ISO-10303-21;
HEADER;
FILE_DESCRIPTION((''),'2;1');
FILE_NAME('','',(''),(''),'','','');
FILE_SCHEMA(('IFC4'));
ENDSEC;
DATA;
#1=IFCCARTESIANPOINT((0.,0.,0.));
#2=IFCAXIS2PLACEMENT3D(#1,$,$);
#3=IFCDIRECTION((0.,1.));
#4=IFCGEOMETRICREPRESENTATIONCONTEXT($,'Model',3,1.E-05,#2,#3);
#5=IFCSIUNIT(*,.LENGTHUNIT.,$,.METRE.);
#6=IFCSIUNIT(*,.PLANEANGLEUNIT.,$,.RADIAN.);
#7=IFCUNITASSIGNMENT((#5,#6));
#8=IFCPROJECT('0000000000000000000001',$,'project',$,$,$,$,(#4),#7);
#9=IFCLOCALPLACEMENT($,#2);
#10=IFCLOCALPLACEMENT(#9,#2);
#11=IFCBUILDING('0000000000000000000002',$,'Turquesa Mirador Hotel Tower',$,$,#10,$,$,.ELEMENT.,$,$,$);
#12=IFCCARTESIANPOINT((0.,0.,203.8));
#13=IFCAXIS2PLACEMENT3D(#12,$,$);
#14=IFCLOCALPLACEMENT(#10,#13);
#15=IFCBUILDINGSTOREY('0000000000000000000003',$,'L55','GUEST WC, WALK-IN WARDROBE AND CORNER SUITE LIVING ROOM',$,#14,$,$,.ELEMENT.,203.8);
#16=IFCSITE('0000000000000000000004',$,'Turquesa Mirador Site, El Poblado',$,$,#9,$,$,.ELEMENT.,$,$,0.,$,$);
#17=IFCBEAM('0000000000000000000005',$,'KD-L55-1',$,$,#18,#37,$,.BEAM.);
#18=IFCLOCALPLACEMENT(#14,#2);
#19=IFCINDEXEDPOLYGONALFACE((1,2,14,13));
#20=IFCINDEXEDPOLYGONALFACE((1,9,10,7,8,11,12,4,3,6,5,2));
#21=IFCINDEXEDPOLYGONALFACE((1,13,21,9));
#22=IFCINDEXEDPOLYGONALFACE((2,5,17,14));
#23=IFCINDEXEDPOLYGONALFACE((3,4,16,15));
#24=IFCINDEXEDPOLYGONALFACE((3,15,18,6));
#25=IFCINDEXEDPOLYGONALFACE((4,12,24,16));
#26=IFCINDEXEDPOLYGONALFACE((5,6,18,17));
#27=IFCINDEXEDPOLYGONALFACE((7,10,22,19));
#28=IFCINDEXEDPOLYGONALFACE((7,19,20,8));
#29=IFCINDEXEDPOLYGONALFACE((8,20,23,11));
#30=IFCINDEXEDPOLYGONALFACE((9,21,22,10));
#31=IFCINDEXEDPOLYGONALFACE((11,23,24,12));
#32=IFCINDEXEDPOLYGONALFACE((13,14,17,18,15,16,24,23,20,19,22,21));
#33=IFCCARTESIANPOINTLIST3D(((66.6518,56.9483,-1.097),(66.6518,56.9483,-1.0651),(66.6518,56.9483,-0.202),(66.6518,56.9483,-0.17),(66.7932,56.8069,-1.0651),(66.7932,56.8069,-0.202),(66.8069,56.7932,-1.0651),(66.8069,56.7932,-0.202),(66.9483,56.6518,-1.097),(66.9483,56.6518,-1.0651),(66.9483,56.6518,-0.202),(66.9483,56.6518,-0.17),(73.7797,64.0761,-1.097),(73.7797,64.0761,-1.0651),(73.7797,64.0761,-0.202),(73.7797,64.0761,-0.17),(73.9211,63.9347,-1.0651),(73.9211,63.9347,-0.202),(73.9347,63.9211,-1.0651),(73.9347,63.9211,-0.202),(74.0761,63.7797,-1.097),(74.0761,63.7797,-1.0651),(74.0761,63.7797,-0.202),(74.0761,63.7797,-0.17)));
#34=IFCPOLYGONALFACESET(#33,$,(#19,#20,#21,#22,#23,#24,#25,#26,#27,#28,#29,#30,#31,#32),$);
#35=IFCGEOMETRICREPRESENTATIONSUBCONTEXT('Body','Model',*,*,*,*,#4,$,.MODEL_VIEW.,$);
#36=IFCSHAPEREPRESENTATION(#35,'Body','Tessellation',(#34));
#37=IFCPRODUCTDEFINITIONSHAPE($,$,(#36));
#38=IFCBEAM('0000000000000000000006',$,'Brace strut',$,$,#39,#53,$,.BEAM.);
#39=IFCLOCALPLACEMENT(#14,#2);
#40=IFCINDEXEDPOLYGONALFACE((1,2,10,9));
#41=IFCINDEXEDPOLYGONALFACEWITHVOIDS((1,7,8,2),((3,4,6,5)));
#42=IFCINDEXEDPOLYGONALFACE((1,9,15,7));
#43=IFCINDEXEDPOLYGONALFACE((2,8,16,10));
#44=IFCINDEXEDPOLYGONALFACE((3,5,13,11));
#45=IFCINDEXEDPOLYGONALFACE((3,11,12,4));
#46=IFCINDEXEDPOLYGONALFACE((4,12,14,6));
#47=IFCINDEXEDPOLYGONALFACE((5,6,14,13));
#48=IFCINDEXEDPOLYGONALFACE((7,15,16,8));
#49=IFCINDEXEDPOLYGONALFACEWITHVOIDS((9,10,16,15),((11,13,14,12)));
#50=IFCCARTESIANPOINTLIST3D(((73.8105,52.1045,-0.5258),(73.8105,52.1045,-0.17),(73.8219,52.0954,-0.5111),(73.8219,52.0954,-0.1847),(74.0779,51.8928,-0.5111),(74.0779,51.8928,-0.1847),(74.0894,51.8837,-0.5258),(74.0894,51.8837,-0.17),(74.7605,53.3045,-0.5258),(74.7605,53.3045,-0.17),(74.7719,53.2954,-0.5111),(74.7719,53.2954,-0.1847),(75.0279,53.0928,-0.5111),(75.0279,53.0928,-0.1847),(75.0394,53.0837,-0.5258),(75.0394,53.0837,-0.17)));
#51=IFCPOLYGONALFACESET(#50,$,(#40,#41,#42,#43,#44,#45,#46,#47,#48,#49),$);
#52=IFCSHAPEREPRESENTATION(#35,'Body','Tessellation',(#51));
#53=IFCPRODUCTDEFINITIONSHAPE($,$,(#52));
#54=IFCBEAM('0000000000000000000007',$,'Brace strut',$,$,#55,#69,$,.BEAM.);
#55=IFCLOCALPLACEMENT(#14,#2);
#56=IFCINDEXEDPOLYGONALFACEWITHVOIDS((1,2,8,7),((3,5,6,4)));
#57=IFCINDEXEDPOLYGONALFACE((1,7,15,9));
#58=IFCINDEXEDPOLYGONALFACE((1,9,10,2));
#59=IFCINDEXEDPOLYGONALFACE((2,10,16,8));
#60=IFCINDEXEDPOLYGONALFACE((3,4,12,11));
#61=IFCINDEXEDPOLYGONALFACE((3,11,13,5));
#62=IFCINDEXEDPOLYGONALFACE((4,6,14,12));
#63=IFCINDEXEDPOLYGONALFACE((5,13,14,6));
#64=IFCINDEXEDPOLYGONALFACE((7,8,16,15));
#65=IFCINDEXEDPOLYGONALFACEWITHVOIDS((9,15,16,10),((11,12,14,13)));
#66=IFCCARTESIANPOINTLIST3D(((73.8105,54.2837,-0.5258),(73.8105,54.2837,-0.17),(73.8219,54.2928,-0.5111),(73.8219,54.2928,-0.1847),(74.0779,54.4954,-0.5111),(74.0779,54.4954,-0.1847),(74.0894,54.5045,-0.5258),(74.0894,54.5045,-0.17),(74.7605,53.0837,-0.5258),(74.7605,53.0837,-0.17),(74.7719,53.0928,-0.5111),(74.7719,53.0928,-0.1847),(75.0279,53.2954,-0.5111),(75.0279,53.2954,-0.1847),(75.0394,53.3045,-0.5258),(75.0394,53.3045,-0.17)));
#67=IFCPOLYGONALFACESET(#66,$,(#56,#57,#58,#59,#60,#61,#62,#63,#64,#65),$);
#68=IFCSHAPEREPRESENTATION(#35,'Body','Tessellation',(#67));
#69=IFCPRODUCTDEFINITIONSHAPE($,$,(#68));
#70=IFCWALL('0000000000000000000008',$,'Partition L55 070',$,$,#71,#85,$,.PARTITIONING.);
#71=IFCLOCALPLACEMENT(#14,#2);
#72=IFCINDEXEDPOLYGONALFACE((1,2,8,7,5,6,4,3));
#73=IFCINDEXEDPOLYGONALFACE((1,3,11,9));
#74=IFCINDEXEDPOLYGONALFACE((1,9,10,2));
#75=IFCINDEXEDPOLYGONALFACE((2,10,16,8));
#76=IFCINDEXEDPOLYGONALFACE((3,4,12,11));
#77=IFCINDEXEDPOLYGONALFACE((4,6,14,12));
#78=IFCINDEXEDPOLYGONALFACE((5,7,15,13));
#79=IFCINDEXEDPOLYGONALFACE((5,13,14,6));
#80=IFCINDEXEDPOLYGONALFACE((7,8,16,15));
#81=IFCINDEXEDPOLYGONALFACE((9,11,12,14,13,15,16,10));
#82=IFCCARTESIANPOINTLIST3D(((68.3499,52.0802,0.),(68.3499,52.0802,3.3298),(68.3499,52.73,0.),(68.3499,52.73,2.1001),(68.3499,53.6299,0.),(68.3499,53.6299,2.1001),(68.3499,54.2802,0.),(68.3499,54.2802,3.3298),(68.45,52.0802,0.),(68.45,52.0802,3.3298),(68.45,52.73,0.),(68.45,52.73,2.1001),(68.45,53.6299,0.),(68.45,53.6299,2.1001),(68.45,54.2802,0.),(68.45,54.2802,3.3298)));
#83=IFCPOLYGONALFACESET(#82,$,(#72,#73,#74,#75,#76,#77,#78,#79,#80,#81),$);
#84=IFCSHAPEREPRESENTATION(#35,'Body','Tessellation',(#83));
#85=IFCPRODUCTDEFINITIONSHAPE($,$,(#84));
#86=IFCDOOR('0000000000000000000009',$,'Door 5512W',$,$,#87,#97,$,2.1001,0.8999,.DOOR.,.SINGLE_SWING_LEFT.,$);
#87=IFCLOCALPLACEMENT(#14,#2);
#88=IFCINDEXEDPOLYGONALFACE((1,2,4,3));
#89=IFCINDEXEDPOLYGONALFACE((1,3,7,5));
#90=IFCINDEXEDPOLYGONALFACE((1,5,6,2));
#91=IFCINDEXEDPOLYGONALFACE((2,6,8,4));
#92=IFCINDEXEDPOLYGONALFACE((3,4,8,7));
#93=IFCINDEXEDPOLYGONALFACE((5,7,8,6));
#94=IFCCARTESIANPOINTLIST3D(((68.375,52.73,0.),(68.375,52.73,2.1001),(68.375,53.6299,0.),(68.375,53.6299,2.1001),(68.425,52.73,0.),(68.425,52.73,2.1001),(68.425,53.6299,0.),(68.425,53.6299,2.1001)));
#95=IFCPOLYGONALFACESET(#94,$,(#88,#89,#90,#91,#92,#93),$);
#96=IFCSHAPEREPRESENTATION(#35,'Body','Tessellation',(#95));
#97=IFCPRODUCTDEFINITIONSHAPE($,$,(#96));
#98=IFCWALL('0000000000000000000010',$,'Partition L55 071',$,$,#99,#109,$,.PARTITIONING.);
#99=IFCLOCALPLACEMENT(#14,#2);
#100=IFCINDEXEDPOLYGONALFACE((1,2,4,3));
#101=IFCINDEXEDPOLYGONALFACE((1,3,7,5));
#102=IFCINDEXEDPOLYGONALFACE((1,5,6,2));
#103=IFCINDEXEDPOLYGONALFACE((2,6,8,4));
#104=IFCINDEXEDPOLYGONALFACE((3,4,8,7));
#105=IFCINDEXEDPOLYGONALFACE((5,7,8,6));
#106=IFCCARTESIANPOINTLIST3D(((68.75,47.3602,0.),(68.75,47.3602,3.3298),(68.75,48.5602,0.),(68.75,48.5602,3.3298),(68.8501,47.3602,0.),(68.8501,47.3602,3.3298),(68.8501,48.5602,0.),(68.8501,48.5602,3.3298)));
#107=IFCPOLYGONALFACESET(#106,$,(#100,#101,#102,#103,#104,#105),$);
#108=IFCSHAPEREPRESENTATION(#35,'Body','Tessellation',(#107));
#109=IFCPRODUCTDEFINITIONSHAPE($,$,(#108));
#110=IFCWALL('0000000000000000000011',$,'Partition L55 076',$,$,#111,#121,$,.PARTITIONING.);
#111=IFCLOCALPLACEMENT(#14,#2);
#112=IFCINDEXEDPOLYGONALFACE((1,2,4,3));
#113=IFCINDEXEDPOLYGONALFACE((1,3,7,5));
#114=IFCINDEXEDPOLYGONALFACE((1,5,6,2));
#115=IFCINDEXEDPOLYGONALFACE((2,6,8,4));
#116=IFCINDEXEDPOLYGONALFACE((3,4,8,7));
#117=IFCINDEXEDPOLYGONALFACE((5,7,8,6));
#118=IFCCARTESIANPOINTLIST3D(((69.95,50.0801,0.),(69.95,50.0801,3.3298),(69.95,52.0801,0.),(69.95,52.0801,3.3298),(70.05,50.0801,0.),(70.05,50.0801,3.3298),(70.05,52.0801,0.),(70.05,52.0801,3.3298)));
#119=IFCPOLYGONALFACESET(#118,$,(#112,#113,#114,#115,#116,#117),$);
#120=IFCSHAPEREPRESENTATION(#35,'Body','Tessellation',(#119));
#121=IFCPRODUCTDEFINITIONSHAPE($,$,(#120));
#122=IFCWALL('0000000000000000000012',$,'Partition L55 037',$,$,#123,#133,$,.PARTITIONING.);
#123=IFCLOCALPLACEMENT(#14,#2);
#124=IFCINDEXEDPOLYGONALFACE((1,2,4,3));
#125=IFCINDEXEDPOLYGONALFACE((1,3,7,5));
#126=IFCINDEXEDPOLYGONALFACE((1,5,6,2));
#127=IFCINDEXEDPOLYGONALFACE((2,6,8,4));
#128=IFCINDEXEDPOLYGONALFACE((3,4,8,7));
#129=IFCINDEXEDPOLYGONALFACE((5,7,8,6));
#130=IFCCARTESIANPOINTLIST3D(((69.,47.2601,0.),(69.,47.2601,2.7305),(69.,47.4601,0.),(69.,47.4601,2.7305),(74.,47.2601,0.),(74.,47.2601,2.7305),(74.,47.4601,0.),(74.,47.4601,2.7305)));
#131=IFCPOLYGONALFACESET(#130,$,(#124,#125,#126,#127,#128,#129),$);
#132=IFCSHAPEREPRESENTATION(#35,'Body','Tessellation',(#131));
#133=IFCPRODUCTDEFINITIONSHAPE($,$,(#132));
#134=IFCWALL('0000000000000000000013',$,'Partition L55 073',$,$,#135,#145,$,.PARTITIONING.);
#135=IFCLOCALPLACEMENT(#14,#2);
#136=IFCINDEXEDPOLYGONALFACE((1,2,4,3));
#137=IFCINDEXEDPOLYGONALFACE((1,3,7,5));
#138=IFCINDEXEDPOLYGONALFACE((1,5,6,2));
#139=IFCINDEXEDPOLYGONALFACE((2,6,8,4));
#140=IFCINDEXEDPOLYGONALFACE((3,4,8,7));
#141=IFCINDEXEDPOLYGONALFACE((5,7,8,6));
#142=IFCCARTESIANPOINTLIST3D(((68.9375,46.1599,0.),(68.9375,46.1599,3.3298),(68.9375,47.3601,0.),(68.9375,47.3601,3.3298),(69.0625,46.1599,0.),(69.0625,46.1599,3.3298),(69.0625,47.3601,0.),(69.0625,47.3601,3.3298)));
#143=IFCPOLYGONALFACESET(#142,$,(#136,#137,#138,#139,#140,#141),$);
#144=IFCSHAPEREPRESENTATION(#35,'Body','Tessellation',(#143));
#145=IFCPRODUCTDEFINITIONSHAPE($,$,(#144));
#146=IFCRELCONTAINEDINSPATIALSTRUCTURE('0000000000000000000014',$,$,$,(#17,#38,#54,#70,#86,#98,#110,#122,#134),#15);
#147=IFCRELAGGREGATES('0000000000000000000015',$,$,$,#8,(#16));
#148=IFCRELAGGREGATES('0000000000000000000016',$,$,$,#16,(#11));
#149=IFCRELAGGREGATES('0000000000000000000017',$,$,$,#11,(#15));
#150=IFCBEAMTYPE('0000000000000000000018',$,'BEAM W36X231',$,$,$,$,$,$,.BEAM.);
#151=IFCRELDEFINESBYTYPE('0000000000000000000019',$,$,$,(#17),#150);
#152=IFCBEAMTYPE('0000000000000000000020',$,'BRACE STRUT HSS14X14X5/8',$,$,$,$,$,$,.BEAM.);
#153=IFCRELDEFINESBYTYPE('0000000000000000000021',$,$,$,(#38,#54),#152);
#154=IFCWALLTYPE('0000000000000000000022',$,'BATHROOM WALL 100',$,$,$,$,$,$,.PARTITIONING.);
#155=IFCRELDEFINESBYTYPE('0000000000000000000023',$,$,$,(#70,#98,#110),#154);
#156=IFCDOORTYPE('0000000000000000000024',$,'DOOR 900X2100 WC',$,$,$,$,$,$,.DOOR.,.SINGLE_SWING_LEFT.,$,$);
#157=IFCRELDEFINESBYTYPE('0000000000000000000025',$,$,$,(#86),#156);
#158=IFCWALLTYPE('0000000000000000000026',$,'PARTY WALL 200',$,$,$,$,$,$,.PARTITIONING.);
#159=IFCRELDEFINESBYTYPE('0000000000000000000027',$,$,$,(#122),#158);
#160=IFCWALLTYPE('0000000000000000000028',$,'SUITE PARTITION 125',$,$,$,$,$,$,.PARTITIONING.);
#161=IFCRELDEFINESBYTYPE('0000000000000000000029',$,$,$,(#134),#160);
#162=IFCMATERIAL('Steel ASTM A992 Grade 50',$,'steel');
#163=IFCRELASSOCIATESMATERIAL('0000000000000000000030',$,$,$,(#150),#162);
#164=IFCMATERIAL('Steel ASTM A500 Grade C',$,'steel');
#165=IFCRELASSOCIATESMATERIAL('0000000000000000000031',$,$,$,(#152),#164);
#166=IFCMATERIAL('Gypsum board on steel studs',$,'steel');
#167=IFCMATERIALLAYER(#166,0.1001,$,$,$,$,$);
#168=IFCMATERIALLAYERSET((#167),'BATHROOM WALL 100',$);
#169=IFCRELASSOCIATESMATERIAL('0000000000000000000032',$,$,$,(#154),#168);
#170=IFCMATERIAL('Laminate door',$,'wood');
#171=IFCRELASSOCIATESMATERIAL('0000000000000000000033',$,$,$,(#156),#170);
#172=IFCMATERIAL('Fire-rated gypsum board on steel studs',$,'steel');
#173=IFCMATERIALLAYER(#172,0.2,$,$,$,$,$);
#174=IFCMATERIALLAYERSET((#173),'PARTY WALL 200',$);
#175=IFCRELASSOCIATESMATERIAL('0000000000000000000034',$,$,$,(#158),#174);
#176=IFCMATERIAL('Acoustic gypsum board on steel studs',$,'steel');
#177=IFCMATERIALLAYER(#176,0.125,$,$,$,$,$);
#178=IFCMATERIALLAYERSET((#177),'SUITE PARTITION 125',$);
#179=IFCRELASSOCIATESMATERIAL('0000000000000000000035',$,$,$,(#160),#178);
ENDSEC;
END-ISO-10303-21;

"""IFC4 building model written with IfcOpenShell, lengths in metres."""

from ifc_helpers import new_model, si_unit, direction, frame, frame_2d, origin, origin_2d, place, context, subcontext, project, spatial, rectangle, hollow_rectangle, i_section, extrude, material, layer, layer_set, material_profile, profile_set, type_object, element, fill, save


model = new_model("IFC4")

# Units and contexts
model_context = context("Model", 3, precision=1e-05, world=origin(), true_north=direction((0.0, 1.0)))
body_context = subcontext(model_context, "Body", "Model", "MODEL_VIEW")
ifc_project = project(units=[si_unit("LENGTHUNIT", "METRE"), si_unit("PLANEANGLEUNIT", "RADIAN")], contexts=[model_context])

# Site, building, storey
site_placement = place(None, origin())
site = spatial("IfcSite", under=ifc_project, at=site_placement, Name="Turquesa Mirador Site, El Poblado", CompositionType="ELEMENT", RefElevation=0.0)
building_placement = place(site_placement, origin())
building = spatial("IfcBuilding", under=site, at=building_placement, Name="Turquesa Mirador Hotel Tower", CompositionType="ELEMENT")
storey_placement = place(building_placement, frame((0.0, 0.0, 203.8)))
storey = spatial("IfcBuildingStorey", under=building, at=storey_placement, Name="L55", Description="GUEST WC, WALK-IN WARDROBE AND CORNER SUITE LIVING ROOM", CompositionType="ELEMENT", Elevation=203.8)

# Beams
ifc_material_1 = material(Name="Steel ASTM A992 Grade 50", Category="steel")
ifc_material_profile_1 = material_profile(ifc_material_1, i_section(OverallWidth=0.4192, OverallDepth=0.927, WebThickness=0.0193, FlangeThickness=0.032, at=origin_2d()), Name="W36X231")
ifc_profile_set_1 = profile_set([ifc_material_profile_1], Name="Steel ASTM A992 Grade 50")
beam_type_1 = type_object("IfcBeamType", Name="BEAM W36X231", PredefinedType="BEAM", material=ifc_profile_set_1)
beam_1_placement = place(storey_placement, frame((66.8, 56.8, -0.6335), z_axis=(0.707107, 0.707107, 0.0), x_axis=(-0.707107, 0.707107, 0.0)))
element("IfcBeam", 1, at=beam_1_placement, inside=storey, type_object=beam_type_1, Name="KD-L55-1", PredefinedType="BEAM", context=body_context, shape_type="SweptSolid", body=[
    extrude(i_section(OverallWidth=0.4192, OverallDepth=0.927, WebThickness=0.0193, FlangeThickness=0.032, at=origin_2d()), origin(), (0.0, 0.0, 1.0), 10.0803),
])
ifc_material_2 = material(Name="Steel ASTM A500 Grade C", Category="steel")
ifc_material_profile_2 = material_profile(ifc_material_2, hollow_rectangle(XDim=0.3557, YDim=0.3557, WallThickness=0.0146, at=origin_2d()), Name="HSS14X14X5/8")
ifc_profile_set_2 = profile_set([ifc_material_profile_2], Name="Steel ASTM A500 Grade C")
beam_type_2 = type_object("IfcBeamType", Name="BRACE STRUT HSS14X14X5/8", PredefinedType="BEAM", material=ifc_profile_set_2)
for number, where, z_axis, x_axis, name in (
    (2, (74.8999, 53.1941, -0.3479), (-0.620699, -0.784049, 0.0), (0.784049, -0.620699, 0.0), "Brace strut"),
    (3, (74.8999, 53.1941, -0.3479), (-0.620699, 0.784049, 0.0), (-0.784049, -0.620699, 0.0), "Brace strut"),
):
    element("IfcBeam", number, at=place(storey_placement, frame(where, z_axis=z_axis, x_axis=x_axis)), inside=storey, type_object=beam_type_2, Name=name, PredefinedType="BEAM", context=body_context, shape_type="SweptSolid", body=[
        extrude(hollow_rectangle(XDim=0.3557, YDim=0.3557, WallThickness=0.0146, at=origin_2d()), origin(), (0.0, 0.0, 1.0), 1.5305),
    ])

# Wall, opening, door
ifc_material_3 = material(Name="Gypsum board on steel studs", Category="steel")
ifc_layer_1 = layer(ifc_material_3, 0.1001)
ifc_layer_set_1 = layer_set([ifc_layer_1], Name="BATHROOM WALL 100")
wall_type_1 = type_object("IfcWallType", Name="BATHROOM WALL 100", PredefinedType="PARTITIONING", material=ifc_layer_set_1)
wall_1_placement = place(storey_placement, frame((68.3999, 52.0801, 0.0), z_axis=(0.0, 0.0, 1.0), x_axis=(0.0, 1.0, 0.0)))
wall_1 = element("IfcWall", 4, at=wall_1_placement, inside=storey, type_object=wall_type_1, Name="Partition L55 070", PredefinedType="PARTITIONING", context=body_context, shape_type="SweptSolid", body=[
    extrude(rectangle(XDim=2.2, YDim=0.1001, at=frame_2d((1.1001, 0.0))), origin(), (0.0, 0.0, 1.0), 3.3298),
])
opening_placement = place(wall_1_placement, frame((0.6499, 0.0, 0.0)))
opening = element("IfcOpeningElement", 5, at=opening_placement, cuts=wall_1, PredefinedType="OPENING", context=body_context, shape_type="SweptSolid", body=[
    extrude(rectangle(XDim=0.8999, YDim=2.1001, at=frame_2d((0.45, 1.05))), frame((0.0, 0.0601, 0.0), z_axis=(0.0, -1.0, 0.0), x_axis=(1.0, 0.0, 0.0)), (0.0, 0.0, 1.0), 0.1201),
])
ifc_material_4 = material(Name="Laminate door", Category="wood")
door_type = type_object("IfcDoorType", Name="DOOR 900X2100 WC", OperationType="SINGLE_SWING_LEFT", PredefinedType="DOOR", material=ifc_material_4)
door_placement = place(opening_placement, origin())
door = element("IfcDoor", 6, at=door_placement, inside=storey, type_object=door_type, Name="Door 5512W", OperationType="SINGLE_SWING_LEFT", OverallHeight=2.1001, OverallWidth=0.8999, PredefinedType="DOOR", context=body_context, shape_type="SweptSolid", body=[
    extrude(rectangle(XDim=0.8999, YDim=2.1001, at=frame_2d((0.45, 1.05))), frame((0.0, 0.0249, 0.0), z_axis=(0.0, -1.0, 0.0), x_axis=(1.0, 0.0, 0.0)), (0.0, 0.0, 1.0), 0.05),
])
fill(opening, door)

# Walls
wall_2_placement = place(storey_placement, frame((68.8, 47.3601, 0.0), z_axis=(0.0, 0.0, 1.0), x_axis=(0.0, 1.0, 0.0)))
element("IfcWall", 7, at=wall_2_placement, inside=storey, type_object=wall_type_1, Name="Partition L55 071", PredefinedType="PARTITIONING", context=body_context, shape_type="SweptSolid", body=[
    extrude(rectangle(XDim=1.2, YDim=0.1001, at=frame_2d((0.6001, 0.0))), origin(), (0.0, 0.0, 1.0), 3.3298),
])
wall_3_placement = place(storey_placement, frame((70.0, 50.0801, 0.0), z_axis=(0.0, 0.0, 1.0), x_axis=(0.0, 1.0, 0.0)))
element("IfcWall", 8, at=wall_3_placement, inside=storey, type_object=wall_type_1, Name="Partition L55 076", PredefinedType="PARTITIONING", context=body_context, shape_type="SweptSolid", body=[
    extrude(rectangle(XDim=2.0, YDim=0.1001, at=frame_2d((1.0, 0.0))), origin(), (0.0, 0.0, 1.0), 3.3298),
])
ifc_material_5 = material(Name="Fire-rated gypsum board on steel studs", Category="steel")
ifc_layer_2 = layer(ifc_material_5, 0.2)
ifc_layer_set_2 = layer_set([ifc_layer_2], Name="PARTY WALL 200")
wall_type_2 = type_object("IfcWallType", Name="PARTY WALL 200", PredefinedType="PARTITIONING", material=ifc_layer_set_2)
wall_4_placement = place(storey_placement, frame((69.0, 47.3601, 0.0), z_axis=(0.0, 0.0, 1.0), x_axis=(1.0, 0.0, 0.0)))
element("IfcWall", 9, at=wall_4_placement, inside=storey, type_object=wall_type_2, Name="Partition L55 037", PredefinedType="PARTITIONING", context=body_context, shape_type="SweptSolid", body=[
    extrude(rectangle(XDim=5.0, YDim=0.2, at=frame_2d((2.5, 0.0))), origin(), (0.0, 0.0, 1.0), 2.7305),
])
ifc_material_6 = material(Name="Acoustic gypsum board on steel studs", Category="steel")
ifc_layer_3 = layer(ifc_material_6, 0.125)
ifc_layer_set_3 = layer_set([ifc_layer_3], Name="SUITE PARTITION 125")
wall_type_3 = type_object("IfcWallType", Name="SUITE PARTITION 125", PredefinedType="PARTITIONING", material=ifc_layer_set_3)
wall_5_placement = place(storey_placement, frame((69.0, 46.1599, 0.0), z_axis=(0.0, 0.0, 1.0), x_axis=(0.0, 1.0, 0.0)))
element("IfcWall", 10, at=wall_5_placement, inside=storey, type_object=wall_type_3, Name="Partition L55 073", PredefinedType="PARTITIONING", context=body_context, shape_type="SweptSolid", body=[
    extrude(rectangle(XDim=1.2002, YDim=0.125, at=frame_2d((0.6001, 0.0))), origin(), (0.0, 0.0, 1.0), 3.3298),
])

save(model, "model.ifc")
